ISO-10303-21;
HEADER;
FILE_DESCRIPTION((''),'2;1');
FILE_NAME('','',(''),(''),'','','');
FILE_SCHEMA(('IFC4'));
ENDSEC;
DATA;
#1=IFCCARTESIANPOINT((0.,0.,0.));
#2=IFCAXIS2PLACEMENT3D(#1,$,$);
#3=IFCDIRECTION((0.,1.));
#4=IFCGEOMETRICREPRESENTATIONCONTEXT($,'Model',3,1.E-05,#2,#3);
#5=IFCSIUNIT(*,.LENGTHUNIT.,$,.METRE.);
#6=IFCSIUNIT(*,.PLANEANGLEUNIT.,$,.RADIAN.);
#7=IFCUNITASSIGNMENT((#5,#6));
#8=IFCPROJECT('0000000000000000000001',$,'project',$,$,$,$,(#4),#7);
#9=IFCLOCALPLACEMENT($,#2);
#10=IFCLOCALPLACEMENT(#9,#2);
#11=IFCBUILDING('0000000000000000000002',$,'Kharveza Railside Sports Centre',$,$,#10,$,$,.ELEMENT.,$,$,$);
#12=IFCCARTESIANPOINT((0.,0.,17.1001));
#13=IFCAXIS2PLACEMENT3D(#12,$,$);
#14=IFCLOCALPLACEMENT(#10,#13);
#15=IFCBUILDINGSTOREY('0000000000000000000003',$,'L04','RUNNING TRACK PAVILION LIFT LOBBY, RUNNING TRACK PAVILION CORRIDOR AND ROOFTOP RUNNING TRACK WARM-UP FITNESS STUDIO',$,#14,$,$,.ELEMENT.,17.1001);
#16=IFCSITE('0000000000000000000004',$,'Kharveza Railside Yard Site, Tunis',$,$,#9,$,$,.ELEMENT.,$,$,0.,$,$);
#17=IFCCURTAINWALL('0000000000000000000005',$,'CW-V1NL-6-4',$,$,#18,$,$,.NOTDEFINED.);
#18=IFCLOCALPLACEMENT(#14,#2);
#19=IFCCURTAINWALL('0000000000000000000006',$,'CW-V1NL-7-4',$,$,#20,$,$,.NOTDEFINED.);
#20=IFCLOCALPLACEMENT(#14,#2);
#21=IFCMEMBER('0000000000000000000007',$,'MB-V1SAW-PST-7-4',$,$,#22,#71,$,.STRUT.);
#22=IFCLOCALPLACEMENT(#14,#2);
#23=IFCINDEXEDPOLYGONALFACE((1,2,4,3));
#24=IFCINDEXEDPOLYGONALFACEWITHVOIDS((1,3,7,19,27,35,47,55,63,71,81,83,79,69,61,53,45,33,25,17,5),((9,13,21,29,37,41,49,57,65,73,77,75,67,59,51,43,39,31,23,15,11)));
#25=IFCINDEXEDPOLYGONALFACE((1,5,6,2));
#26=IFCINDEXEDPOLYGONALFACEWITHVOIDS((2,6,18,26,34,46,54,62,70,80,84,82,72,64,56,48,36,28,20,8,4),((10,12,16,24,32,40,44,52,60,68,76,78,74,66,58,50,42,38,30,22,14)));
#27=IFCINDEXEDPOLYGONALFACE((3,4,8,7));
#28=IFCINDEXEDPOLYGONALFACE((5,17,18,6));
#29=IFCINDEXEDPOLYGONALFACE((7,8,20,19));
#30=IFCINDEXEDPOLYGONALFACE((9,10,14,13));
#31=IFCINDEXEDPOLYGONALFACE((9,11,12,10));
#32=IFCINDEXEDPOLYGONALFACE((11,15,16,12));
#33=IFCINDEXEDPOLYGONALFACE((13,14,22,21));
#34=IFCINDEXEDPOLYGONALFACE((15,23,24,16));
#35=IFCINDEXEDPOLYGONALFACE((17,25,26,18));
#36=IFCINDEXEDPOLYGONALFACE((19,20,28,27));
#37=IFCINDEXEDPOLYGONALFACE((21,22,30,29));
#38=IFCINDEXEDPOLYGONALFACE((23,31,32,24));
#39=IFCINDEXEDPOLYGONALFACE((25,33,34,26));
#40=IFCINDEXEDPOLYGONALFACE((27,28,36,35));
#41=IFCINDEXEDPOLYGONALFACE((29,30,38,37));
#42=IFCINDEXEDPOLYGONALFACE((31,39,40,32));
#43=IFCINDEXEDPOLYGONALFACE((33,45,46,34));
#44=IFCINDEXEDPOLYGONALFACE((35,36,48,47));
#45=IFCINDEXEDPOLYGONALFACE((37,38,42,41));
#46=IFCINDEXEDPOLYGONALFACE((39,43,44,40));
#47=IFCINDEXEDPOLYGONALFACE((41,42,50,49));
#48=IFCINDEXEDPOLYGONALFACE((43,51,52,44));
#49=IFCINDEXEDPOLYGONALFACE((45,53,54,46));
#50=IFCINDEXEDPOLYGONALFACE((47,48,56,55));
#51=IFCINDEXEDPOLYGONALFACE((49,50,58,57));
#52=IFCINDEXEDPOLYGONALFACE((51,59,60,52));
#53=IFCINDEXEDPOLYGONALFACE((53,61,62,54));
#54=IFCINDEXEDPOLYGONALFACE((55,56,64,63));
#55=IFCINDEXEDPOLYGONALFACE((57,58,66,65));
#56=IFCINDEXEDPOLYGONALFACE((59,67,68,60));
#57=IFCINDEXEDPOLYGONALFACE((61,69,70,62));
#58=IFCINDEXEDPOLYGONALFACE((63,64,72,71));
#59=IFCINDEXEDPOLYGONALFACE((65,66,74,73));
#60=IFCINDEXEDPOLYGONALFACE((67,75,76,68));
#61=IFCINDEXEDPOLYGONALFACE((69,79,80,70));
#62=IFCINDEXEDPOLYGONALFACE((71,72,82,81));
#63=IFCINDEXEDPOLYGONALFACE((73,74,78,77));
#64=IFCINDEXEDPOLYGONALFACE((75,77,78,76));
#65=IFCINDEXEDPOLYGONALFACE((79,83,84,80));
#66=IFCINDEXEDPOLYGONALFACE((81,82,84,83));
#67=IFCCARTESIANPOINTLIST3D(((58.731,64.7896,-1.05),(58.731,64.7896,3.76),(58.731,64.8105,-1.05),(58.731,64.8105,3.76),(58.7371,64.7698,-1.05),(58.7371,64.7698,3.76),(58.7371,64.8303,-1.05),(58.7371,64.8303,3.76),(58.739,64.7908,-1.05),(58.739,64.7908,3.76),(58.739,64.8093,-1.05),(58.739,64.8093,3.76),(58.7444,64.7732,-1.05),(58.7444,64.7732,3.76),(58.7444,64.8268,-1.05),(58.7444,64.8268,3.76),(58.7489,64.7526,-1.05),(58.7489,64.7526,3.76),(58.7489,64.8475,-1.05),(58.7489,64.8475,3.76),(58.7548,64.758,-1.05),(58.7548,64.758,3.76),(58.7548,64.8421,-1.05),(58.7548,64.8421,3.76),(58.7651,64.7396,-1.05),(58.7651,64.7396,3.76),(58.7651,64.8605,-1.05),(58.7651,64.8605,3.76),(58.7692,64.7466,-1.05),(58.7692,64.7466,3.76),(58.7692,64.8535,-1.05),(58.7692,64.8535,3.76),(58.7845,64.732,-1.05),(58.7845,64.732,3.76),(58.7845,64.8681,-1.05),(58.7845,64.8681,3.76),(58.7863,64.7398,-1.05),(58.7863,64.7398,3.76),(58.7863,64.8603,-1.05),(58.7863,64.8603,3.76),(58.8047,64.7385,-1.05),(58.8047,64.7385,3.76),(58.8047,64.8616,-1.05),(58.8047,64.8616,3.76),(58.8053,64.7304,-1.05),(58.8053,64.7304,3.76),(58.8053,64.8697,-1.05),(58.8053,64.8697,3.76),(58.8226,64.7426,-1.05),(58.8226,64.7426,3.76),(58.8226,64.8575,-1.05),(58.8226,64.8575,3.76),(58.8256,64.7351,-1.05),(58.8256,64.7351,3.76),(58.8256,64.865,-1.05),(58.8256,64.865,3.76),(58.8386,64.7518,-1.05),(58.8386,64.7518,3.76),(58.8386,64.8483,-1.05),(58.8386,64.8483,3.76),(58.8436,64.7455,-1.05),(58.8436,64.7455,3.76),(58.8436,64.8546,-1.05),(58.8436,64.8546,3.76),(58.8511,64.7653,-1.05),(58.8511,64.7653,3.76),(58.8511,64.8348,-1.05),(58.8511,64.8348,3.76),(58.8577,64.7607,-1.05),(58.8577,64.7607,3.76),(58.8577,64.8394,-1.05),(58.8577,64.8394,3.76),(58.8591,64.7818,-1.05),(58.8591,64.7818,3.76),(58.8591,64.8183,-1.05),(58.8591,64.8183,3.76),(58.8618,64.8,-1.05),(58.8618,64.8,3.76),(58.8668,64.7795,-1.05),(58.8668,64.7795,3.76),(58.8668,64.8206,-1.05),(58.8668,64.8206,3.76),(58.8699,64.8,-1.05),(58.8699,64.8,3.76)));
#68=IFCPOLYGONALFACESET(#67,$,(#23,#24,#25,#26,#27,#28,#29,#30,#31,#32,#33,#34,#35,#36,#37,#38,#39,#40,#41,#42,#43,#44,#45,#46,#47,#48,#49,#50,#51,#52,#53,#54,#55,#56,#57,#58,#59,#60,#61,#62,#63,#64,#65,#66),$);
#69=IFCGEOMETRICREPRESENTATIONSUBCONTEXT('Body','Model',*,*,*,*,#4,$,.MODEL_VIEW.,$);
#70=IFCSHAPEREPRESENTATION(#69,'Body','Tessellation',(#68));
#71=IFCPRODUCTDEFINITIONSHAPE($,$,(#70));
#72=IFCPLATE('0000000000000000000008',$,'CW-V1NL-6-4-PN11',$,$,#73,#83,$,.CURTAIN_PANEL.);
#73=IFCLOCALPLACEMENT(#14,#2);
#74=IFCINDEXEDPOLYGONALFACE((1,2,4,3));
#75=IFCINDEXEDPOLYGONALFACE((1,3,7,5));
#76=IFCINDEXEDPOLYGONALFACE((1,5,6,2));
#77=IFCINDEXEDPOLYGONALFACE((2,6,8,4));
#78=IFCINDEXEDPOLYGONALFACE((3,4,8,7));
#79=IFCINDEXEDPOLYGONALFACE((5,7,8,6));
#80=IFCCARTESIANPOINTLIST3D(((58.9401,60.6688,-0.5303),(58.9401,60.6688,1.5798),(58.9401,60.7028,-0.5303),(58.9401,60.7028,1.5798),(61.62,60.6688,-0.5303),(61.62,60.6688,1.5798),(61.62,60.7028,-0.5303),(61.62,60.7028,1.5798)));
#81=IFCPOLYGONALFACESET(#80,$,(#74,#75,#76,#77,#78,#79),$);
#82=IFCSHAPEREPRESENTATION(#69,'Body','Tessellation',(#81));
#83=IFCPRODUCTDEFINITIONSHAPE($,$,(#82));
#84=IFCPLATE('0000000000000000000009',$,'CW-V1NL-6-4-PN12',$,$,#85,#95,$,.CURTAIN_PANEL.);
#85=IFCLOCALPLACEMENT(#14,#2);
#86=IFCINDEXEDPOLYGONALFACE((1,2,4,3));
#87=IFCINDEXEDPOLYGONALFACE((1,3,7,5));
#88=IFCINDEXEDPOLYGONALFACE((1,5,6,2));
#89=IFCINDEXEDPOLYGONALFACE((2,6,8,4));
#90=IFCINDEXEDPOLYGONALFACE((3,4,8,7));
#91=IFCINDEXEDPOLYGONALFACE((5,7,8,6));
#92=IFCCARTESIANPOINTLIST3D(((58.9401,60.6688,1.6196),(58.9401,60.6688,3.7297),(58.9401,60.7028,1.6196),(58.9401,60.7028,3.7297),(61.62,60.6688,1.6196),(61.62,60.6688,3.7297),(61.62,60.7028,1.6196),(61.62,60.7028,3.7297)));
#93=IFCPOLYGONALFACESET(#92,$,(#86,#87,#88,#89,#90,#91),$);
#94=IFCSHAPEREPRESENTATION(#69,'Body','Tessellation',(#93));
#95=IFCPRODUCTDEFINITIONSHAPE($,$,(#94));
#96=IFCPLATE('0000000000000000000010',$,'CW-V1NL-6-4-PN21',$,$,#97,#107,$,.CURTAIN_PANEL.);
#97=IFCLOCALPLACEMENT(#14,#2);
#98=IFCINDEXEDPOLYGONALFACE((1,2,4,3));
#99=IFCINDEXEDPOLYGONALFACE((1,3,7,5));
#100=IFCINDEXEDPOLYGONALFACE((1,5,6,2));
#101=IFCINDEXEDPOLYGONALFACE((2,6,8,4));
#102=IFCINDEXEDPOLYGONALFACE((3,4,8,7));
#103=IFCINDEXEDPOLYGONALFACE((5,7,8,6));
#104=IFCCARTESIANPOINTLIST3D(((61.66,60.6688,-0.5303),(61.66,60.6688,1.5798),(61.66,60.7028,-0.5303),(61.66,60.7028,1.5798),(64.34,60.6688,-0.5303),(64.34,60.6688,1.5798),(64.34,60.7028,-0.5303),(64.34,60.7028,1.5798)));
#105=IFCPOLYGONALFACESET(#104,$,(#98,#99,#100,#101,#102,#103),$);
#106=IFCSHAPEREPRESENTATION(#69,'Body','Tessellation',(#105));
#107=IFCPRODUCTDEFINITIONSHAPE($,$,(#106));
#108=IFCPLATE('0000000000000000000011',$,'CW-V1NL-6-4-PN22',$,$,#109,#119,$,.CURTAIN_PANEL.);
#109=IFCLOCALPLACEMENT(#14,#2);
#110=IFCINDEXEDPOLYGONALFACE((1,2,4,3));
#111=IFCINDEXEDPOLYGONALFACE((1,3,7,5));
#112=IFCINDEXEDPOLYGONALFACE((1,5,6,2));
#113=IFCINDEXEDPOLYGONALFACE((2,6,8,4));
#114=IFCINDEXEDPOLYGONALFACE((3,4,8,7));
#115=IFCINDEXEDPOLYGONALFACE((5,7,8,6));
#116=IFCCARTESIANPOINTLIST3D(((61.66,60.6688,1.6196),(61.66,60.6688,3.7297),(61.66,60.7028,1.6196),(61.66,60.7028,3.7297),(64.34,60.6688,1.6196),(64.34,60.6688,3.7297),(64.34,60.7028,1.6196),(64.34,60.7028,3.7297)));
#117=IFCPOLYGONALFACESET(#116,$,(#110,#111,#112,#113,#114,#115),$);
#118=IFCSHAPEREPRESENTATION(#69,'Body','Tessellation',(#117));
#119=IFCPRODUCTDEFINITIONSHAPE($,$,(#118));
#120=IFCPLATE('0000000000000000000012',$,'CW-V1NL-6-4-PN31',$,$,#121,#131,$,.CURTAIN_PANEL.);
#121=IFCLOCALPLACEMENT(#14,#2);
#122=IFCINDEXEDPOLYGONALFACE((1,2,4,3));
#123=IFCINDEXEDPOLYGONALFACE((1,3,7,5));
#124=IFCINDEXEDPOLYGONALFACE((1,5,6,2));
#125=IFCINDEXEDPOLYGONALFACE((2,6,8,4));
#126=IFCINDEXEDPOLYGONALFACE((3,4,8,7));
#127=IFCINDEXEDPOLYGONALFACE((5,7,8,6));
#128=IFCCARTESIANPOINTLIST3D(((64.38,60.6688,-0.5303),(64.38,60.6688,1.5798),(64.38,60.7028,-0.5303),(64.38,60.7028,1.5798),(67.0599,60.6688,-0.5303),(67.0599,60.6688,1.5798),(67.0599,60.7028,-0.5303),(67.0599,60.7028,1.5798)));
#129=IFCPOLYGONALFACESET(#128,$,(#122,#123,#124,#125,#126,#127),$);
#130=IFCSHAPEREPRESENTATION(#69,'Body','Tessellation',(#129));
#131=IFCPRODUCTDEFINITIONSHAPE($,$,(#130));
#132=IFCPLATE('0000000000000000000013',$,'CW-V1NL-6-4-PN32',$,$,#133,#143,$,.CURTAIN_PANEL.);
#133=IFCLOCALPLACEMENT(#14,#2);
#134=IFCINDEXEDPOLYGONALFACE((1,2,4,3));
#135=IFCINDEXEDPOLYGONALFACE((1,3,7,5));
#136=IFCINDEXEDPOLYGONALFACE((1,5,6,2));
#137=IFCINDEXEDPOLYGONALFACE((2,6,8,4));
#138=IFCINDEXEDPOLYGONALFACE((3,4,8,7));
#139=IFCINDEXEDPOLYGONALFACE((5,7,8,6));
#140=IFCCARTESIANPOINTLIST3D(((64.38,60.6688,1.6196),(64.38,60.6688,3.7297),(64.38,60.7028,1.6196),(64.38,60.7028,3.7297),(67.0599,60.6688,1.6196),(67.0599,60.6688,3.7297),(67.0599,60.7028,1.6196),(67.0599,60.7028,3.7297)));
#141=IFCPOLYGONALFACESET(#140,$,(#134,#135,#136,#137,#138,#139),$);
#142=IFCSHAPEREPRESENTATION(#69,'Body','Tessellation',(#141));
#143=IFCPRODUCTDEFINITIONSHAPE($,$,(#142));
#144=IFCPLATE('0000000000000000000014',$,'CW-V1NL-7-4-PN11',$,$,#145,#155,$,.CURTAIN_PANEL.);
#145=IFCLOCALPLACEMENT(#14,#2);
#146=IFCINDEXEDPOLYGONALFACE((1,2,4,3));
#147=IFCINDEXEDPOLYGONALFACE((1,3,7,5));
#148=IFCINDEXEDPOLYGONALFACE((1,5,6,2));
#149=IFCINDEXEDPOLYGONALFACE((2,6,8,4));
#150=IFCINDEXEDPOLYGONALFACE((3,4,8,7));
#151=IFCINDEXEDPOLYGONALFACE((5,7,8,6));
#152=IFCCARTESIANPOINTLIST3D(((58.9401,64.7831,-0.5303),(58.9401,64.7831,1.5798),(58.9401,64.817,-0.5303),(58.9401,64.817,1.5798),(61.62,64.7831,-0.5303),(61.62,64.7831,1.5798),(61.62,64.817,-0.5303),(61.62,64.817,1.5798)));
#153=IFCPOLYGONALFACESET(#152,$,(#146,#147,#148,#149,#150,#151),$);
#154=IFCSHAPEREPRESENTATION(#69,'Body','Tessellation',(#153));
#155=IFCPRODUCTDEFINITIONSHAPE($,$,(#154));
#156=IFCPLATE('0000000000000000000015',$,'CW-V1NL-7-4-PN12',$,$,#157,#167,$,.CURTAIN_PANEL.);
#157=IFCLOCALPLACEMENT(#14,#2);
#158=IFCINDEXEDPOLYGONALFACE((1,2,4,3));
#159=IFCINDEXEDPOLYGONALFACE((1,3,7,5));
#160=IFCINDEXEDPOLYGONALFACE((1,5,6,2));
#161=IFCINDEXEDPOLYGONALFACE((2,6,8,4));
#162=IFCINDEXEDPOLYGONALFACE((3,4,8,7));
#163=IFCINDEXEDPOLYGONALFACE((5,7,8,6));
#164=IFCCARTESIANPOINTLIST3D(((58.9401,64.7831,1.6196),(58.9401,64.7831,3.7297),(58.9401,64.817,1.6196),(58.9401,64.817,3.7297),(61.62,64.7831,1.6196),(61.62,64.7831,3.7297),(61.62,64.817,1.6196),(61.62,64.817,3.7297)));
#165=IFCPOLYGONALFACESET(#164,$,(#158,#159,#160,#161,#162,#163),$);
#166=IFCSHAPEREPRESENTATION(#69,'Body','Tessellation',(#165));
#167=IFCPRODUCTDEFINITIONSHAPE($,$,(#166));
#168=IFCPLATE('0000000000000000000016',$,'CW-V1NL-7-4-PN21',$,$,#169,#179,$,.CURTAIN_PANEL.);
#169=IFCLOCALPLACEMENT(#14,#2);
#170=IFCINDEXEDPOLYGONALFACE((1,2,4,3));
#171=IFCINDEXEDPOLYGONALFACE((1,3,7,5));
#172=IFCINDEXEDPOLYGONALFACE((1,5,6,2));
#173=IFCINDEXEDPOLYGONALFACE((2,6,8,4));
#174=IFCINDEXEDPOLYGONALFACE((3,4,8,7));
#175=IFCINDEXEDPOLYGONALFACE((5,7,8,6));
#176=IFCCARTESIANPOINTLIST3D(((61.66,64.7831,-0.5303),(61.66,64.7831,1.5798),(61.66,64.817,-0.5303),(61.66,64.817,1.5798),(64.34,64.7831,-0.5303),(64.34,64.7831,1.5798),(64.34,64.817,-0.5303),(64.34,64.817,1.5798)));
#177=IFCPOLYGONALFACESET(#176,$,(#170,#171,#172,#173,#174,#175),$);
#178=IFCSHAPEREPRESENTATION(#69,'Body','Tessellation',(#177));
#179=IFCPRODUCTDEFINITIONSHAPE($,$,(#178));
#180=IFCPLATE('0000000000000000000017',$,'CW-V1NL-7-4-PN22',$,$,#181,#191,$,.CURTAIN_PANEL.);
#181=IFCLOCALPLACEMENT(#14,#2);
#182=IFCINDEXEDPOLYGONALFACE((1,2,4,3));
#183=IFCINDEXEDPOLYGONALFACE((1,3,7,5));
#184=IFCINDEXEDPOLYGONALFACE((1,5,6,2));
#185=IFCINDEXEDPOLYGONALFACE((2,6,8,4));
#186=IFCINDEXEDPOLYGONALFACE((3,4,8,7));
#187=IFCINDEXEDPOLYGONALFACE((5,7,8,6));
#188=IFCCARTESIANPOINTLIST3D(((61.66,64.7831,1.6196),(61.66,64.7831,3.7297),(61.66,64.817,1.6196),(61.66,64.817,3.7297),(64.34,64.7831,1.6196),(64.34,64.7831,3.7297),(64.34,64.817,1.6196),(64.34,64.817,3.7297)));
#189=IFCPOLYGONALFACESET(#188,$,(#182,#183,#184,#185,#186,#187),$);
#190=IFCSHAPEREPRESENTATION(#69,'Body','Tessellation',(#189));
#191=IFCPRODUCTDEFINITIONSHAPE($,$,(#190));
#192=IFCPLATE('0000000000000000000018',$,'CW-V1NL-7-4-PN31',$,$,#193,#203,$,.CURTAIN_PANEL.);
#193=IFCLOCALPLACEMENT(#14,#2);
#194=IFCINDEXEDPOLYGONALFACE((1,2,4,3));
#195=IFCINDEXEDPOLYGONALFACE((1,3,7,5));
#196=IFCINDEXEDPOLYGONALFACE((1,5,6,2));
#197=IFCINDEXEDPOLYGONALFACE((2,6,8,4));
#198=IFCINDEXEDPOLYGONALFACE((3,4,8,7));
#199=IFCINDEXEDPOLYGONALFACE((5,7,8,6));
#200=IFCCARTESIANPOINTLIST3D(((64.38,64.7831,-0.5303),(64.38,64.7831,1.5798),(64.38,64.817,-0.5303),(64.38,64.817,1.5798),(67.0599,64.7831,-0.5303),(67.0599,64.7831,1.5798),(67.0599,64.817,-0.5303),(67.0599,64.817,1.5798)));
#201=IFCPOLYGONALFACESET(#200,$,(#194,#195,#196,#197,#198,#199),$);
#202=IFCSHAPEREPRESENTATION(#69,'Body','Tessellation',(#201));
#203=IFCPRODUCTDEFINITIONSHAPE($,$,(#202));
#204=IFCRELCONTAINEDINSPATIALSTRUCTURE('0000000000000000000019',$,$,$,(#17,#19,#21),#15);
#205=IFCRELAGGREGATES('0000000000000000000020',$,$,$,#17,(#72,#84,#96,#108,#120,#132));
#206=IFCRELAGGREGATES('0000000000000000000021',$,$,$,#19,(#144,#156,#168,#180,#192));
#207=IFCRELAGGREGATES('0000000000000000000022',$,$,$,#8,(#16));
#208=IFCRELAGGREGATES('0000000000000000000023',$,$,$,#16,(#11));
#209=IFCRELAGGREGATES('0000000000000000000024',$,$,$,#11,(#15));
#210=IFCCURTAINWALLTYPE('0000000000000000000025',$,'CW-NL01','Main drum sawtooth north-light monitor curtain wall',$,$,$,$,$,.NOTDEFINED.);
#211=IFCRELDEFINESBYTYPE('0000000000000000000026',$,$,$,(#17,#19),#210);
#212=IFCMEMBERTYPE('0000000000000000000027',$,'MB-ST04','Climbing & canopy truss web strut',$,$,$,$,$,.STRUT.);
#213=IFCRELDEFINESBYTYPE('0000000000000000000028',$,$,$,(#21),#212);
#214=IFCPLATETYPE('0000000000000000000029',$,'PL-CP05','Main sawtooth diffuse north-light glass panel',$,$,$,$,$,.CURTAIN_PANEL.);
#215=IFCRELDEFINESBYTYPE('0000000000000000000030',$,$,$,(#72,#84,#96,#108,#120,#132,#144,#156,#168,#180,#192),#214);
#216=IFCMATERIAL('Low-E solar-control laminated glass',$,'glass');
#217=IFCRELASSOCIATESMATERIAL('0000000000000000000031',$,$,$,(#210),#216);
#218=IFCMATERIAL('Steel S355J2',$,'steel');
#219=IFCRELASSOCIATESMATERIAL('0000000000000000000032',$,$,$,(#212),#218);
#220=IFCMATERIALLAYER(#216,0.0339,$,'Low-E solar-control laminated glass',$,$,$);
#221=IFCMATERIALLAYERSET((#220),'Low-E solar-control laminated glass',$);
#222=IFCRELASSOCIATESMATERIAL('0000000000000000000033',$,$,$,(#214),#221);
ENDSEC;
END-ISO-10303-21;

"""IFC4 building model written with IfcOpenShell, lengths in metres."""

from ifc_helpers import new_model, si_unit, direction, frame, origin, origin_2d, place, context, subcontext, project, spatial, rectangle, hollow_circle, extrude, material, layer, layer_set, material_profile, profile_set, type_object, element, aggregate, save


model = new_model("IFC4")

# Units and contexts
model_context = context("Model", 3, precision=1e-05, world=origin(), true_north=direction((0.0, 1.0)))
body_context = subcontext(model_context, "Body", "Model", "MODEL_VIEW")
ifc_project = project(units=[si_unit("LENGTHUNIT", "METRE"), si_unit("PLANEANGLEUNIT", "RADIAN")], contexts=[model_context])

# Site, building, storey
site_placement = place(None, origin())
site = spatial("IfcSite", under=ifc_project, at=site_placement, Name="Kharveza Railside Yard Site, Tunis", CompositionType="ELEMENT", RefElevation=0.0)
building_placement = place(site_placement, origin())
building = spatial("IfcBuilding", under=site, at=building_placement, Name="Kharveza Railside Sports Centre", CompositionType="ELEMENT")
storey_placement = place(building_placement, frame((0.0, 0.0, 17.1001)))
storey = spatial("IfcBuildingStorey", under=building, at=storey_placement, Name="L04", Description="RUNNING TRACK PAVILION LIFT LOBBY, RUNNING TRACK PAVILION CORRIDOR AND ROOFTOP RUNNING TRACK WARM-UP FITNESS STUDIO", CompositionType="ELEMENT", Elevation=17.1001)

# Curtain wall
ifc_material_1 = material(Name="Low-E solar-control laminated glass", Category="glass")
curtain_wall_type = type_object("IfcCurtainWallType", Name="CW-NL01", Description="Main drum sawtooth north-light monitor curtain wall", PredefinedType="NOTDEFINED", material=ifc_material_1)
curtain_wall_1_placement = place(storey_placement, origin())
curtain_wall_1 = element("IfcCurtainWall", 1, at=curtain_wall_1_placement, inside=storey, type_object=curtain_wall_type, Name="CW-V1NL-6-4", PredefinedType="NOTDEFINED")

# Curtain wall
curtain_wall_2_placement = place(storey_placement, origin())
curtain_wall_2 = element("IfcCurtainWall", 2, at=curtain_wall_2_placement, inside=storey, type_object=curtain_wall_type, Name="CW-V1NL-7-4", PredefinedType="NOTDEFINED")

# Member
ifc_material_2 = material(Name="Steel S355J2", Category="steel")
ifc_material_profile_1 = material_profile(ifc_material_2, hollow_circle(Radius=0.0698, WallThickness=0.0081, at=origin_2d()), Name="CHS 139.7x8.0")
ifc_profile_set_1 = profile_set([ifc_material_profile_1], Name="Steel S355J2")
member_type_1 = type_object("IfcMemberType", Name="MB-ST04", Description="Climbing & canopy truss web strut", PredefinedType="STRUT", material=ifc_profile_set_1)
member_1_placement = place(storey_placement, frame((58.8, 64.8, -1.05), z_axis=(0.0, 0.0, 1.0), x_axis=(1.0, 0.0, 0.0)))
element("IfcMember", 3, at=member_1_placement, inside=storey, type_object=member_type_1, Name="MB-V1SAW-PST-7-4", PredefinedType="STRUT", context=body_context, shape_type="SweptSolid", body=[
    extrude(hollow_circle(Radius=0.0698, WallThickness=0.0081, at=origin_2d()), origin(), (0.0, 0.0, 1.0), 4.8101),
])

# Plates
ifc_layer_1 = layer(ifc_material_1, 0.0339, Name="Low-E solar-control laminated glass")
ifc_layer_set_1 = layer_set([ifc_layer_1], Name="Low-E solar-control laminated glass")
plate_type_1 = type_object("IfcPlateType", Name="PL-CP05", Description="Main sawtooth diffuse north-light glass panel", PredefinedType="CURTAIN_PANEL", material=ifc_layer_set_1)
plate_1_placement = place(storey_placement, frame((60.28, 60.6858, -0.5303), z_axis=(0.0, 0.0, 1.0), x_axis=(1.0, 0.0, 0.0)))
plate_1 = element("IfcPlate", 4, at=plate_1_placement, type_object=plate_type_1, Name="CW-V1NL-6-4-PN11", PredefinedType="CURTAIN_PANEL", context=body_context, shape_type="SweptSolid", body=[
    extrude(rectangle(XDim=2.6799, YDim=0.0339, at=origin_2d()), origin(), (0.0, 0.0, 1.0), 2.1101),
])
plate_2_placement = place(storey_placement, frame((60.28, 60.6858, 1.6196), z_axis=(0.0, 0.0, 1.0), x_axis=(1.0, 0.0, 0.0)))
plate_2 = element("IfcPlate", 5, at=plate_2_placement, type_object=plate_type_1, Name="CW-V1NL-6-4-PN12", PredefinedType="CURTAIN_PANEL", context=body_context, shape_type="SweptSolid", body=[
    extrude(rectangle(XDim=2.6799, YDim=0.0339, at=origin_2d()), origin(), (0.0, 0.0, 1.0), 2.1101),
])
plate_3_placement = place(storey_placement, frame((63.0, 60.6858, -0.5303), z_axis=(0.0, 0.0, 1.0), x_axis=(1.0, 0.0, 0.0)))
plate_3 = element("IfcPlate", 6, at=plate_3_placement, type_object=plate_type_1, Name="CW-V1NL-6-4-PN21", PredefinedType="CURTAIN_PANEL", context=body_context, shape_type="SweptSolid", body=[
    extrude(rectangle(XDim=2.6799, YDim=0.0339, at=origin_2d()), origin(), (0.0, 0.0, 1.0), 2.1101),
])
plate_4_placement = place(storey_placement, frame((63.0, 60.6858, 1.6196), z_axis=(0.0, 0.0, 1.0), x_axis=(1.0, 0.0, 0.0)))
plate_4 = element("IfcPlate", 7, at=plate_4_placement, type_object=plate_type_1, Name="CW-V1NL-6-4-PN22", PredefinedType="CURTAIN_PANEL", context=body_context, shape_type="SweptSolid", body=[
    extrude(rectangle(XDim=2.6799, YDim=0.0339, at=origin_2d()), origin(), (0.0, 0.0, 1.0), 2.1101),
])
plate_5_placement = place(storey_placement, frame((65.72, 60.6858, -0.5303), z_axis=(0.0, 0.0, 1.0), x_axis=(1.0, 0.0, 0.0)))
plate_5 = element("IfcPlate", 8, at=plate_5_placement, type_object=plate_type_1, Name="CW-V1NL-6-4-PN31", PredefinedType="CURTAIN_PANEL", context=body_context, shape_type="SweptSolid", body=[
    extrude(rectangle(XDim=2.6799, YDim=0.0339, at=origin_2d()), origin(), (0.0, 0.0, 1.0), 2.1101),
])
plate_6_placement = place(storey_placement, frame((65.72, 60.6858, 1.6196), z_axis=(0.0, 0.0, 1.0), x_axis=(1.0, 0.0, 0.0)))
plate_6 = element("IfcPlate", 9, at=plate_6_placement, type_object=plate_type_1, Name="CW-V1NL-6-4-PN32", PredefinedType="CURTAIN_PANEL", context=body_context, shape_type="SweptSolid", body=[
    extrude(rectangle(XDim=2.6799, YDim=0.0339, at=origin_2d()), origin(), (0.0, 0.0, 1.0), 2.1101),
])
aggregate(curtain_wall_1, [plate_1, plate_2, plate_3, plate_4, plate_5, plate_6])
plate_7_placement = place(storey_placement, frame((60.28, 64.8, -0.5303), z_axis=(0.0, 0.0, 1.0), x_axis=(1.0, 0.0, 0.0)))
plate_7 = element("IfcPlate", 10, at=plate_7_placement, type_object=plate_type_1, Name="CW-V1NL-7-4-PN11", PredefinedType="CURTAIN_PANEL", context=body_context, shape_type="SweptSolid", body=[
    extrude(rectangle(XDim=2.6799, YDim=0.0339, at=origin_2d()), origin(), (0.0, 0.0, 1.0), 2.1101),
])
plate_8_placement = place(storey_placement, frame((60.28, 64.8, 1.6196), z_axis=(0.0, 0.0, 1.0), x_axis=(1.0, 0.0, 0.0)))
plate_8 = element("IfcPlate", 11, at=plate_8_placement, type_object=plate_type_1, Name="CW-V1NL-7-4-PN12", PredefinedType="CURTAIN_PANEL", context=body_context, shape_type="SweptSolid", body=[
    extrude(rectangle(XDim=2.6799, YDim=0.0339, at=origin_2d()), origin(), (0.0, 0.0, 1.0), 2.1101),
])
plate_9_placement = place(storey_placement, frame((63.0, 64.8, -0.5303), z_axis=(0.0, 0.0, 1.0), x_axis=(1.0, 0.0, 0.0)))
plate_9 = element("IfcPlate", 12, at=plate_9_placement, type_object=plate_type_1, Name="CW-V1NL-7-4-PN21", PredefinedType="CURTAIN_PANEL", context=body_context, shape_type="SweptSolid", body=[
    extrude(rectangle(XDim=2.6799, YDim=0.0339, at=origin_2d()), origin(), (0.0, 0.0, 1.0), 2.1101),
])
plate_10_placement = place(storey_placement, frame((63.0, 64.8, 1.6196), z_axis=(0.0, 0.0, 1.0), x_axis=(1.0, 0.0, 0.0)))
plate_10 = element("IfcPlate", 13, at=plate_10_placement, type_object=plate_type_1, Name="CW-V1NL-7-4-PN22", PredefinedType="CURTAIN_PANEL", context=body_context, shape_type="SweptSolid", body=[
    extrude(rectangle(XDim=2.6799, YDim=0.0339, at=origin_2d()), origin(), (0.0, 0.0, 1.0), 2.1101),
])
plate_11_placement = place(storey_placement, frame((65.72, 64.8, -0.5303), z_axis=(0.0, 0.0, 1.0), x_axis=(1.0, 0.0, 0.0)))
plate_11 = element("IfcPlate", 14, at=plate_11_placement, type_object=plate_type_1, Name="CW-V1NL-7-4-PN31", PredefinedType="CURTAIN_PANEL", context=body_context, shape_type="SweptSolid", body=[
    extrude(rectangle(XDim=2.6799, YDim=0.0339, at=origin_2d()), origin(), (0.0, 0.0, 1.0), 2.1101),
])
aggregate(curtain_wall_2, [plate_7, plate_8, plate_9, plate_10, plate_11])

save(model, "model.ifc")
